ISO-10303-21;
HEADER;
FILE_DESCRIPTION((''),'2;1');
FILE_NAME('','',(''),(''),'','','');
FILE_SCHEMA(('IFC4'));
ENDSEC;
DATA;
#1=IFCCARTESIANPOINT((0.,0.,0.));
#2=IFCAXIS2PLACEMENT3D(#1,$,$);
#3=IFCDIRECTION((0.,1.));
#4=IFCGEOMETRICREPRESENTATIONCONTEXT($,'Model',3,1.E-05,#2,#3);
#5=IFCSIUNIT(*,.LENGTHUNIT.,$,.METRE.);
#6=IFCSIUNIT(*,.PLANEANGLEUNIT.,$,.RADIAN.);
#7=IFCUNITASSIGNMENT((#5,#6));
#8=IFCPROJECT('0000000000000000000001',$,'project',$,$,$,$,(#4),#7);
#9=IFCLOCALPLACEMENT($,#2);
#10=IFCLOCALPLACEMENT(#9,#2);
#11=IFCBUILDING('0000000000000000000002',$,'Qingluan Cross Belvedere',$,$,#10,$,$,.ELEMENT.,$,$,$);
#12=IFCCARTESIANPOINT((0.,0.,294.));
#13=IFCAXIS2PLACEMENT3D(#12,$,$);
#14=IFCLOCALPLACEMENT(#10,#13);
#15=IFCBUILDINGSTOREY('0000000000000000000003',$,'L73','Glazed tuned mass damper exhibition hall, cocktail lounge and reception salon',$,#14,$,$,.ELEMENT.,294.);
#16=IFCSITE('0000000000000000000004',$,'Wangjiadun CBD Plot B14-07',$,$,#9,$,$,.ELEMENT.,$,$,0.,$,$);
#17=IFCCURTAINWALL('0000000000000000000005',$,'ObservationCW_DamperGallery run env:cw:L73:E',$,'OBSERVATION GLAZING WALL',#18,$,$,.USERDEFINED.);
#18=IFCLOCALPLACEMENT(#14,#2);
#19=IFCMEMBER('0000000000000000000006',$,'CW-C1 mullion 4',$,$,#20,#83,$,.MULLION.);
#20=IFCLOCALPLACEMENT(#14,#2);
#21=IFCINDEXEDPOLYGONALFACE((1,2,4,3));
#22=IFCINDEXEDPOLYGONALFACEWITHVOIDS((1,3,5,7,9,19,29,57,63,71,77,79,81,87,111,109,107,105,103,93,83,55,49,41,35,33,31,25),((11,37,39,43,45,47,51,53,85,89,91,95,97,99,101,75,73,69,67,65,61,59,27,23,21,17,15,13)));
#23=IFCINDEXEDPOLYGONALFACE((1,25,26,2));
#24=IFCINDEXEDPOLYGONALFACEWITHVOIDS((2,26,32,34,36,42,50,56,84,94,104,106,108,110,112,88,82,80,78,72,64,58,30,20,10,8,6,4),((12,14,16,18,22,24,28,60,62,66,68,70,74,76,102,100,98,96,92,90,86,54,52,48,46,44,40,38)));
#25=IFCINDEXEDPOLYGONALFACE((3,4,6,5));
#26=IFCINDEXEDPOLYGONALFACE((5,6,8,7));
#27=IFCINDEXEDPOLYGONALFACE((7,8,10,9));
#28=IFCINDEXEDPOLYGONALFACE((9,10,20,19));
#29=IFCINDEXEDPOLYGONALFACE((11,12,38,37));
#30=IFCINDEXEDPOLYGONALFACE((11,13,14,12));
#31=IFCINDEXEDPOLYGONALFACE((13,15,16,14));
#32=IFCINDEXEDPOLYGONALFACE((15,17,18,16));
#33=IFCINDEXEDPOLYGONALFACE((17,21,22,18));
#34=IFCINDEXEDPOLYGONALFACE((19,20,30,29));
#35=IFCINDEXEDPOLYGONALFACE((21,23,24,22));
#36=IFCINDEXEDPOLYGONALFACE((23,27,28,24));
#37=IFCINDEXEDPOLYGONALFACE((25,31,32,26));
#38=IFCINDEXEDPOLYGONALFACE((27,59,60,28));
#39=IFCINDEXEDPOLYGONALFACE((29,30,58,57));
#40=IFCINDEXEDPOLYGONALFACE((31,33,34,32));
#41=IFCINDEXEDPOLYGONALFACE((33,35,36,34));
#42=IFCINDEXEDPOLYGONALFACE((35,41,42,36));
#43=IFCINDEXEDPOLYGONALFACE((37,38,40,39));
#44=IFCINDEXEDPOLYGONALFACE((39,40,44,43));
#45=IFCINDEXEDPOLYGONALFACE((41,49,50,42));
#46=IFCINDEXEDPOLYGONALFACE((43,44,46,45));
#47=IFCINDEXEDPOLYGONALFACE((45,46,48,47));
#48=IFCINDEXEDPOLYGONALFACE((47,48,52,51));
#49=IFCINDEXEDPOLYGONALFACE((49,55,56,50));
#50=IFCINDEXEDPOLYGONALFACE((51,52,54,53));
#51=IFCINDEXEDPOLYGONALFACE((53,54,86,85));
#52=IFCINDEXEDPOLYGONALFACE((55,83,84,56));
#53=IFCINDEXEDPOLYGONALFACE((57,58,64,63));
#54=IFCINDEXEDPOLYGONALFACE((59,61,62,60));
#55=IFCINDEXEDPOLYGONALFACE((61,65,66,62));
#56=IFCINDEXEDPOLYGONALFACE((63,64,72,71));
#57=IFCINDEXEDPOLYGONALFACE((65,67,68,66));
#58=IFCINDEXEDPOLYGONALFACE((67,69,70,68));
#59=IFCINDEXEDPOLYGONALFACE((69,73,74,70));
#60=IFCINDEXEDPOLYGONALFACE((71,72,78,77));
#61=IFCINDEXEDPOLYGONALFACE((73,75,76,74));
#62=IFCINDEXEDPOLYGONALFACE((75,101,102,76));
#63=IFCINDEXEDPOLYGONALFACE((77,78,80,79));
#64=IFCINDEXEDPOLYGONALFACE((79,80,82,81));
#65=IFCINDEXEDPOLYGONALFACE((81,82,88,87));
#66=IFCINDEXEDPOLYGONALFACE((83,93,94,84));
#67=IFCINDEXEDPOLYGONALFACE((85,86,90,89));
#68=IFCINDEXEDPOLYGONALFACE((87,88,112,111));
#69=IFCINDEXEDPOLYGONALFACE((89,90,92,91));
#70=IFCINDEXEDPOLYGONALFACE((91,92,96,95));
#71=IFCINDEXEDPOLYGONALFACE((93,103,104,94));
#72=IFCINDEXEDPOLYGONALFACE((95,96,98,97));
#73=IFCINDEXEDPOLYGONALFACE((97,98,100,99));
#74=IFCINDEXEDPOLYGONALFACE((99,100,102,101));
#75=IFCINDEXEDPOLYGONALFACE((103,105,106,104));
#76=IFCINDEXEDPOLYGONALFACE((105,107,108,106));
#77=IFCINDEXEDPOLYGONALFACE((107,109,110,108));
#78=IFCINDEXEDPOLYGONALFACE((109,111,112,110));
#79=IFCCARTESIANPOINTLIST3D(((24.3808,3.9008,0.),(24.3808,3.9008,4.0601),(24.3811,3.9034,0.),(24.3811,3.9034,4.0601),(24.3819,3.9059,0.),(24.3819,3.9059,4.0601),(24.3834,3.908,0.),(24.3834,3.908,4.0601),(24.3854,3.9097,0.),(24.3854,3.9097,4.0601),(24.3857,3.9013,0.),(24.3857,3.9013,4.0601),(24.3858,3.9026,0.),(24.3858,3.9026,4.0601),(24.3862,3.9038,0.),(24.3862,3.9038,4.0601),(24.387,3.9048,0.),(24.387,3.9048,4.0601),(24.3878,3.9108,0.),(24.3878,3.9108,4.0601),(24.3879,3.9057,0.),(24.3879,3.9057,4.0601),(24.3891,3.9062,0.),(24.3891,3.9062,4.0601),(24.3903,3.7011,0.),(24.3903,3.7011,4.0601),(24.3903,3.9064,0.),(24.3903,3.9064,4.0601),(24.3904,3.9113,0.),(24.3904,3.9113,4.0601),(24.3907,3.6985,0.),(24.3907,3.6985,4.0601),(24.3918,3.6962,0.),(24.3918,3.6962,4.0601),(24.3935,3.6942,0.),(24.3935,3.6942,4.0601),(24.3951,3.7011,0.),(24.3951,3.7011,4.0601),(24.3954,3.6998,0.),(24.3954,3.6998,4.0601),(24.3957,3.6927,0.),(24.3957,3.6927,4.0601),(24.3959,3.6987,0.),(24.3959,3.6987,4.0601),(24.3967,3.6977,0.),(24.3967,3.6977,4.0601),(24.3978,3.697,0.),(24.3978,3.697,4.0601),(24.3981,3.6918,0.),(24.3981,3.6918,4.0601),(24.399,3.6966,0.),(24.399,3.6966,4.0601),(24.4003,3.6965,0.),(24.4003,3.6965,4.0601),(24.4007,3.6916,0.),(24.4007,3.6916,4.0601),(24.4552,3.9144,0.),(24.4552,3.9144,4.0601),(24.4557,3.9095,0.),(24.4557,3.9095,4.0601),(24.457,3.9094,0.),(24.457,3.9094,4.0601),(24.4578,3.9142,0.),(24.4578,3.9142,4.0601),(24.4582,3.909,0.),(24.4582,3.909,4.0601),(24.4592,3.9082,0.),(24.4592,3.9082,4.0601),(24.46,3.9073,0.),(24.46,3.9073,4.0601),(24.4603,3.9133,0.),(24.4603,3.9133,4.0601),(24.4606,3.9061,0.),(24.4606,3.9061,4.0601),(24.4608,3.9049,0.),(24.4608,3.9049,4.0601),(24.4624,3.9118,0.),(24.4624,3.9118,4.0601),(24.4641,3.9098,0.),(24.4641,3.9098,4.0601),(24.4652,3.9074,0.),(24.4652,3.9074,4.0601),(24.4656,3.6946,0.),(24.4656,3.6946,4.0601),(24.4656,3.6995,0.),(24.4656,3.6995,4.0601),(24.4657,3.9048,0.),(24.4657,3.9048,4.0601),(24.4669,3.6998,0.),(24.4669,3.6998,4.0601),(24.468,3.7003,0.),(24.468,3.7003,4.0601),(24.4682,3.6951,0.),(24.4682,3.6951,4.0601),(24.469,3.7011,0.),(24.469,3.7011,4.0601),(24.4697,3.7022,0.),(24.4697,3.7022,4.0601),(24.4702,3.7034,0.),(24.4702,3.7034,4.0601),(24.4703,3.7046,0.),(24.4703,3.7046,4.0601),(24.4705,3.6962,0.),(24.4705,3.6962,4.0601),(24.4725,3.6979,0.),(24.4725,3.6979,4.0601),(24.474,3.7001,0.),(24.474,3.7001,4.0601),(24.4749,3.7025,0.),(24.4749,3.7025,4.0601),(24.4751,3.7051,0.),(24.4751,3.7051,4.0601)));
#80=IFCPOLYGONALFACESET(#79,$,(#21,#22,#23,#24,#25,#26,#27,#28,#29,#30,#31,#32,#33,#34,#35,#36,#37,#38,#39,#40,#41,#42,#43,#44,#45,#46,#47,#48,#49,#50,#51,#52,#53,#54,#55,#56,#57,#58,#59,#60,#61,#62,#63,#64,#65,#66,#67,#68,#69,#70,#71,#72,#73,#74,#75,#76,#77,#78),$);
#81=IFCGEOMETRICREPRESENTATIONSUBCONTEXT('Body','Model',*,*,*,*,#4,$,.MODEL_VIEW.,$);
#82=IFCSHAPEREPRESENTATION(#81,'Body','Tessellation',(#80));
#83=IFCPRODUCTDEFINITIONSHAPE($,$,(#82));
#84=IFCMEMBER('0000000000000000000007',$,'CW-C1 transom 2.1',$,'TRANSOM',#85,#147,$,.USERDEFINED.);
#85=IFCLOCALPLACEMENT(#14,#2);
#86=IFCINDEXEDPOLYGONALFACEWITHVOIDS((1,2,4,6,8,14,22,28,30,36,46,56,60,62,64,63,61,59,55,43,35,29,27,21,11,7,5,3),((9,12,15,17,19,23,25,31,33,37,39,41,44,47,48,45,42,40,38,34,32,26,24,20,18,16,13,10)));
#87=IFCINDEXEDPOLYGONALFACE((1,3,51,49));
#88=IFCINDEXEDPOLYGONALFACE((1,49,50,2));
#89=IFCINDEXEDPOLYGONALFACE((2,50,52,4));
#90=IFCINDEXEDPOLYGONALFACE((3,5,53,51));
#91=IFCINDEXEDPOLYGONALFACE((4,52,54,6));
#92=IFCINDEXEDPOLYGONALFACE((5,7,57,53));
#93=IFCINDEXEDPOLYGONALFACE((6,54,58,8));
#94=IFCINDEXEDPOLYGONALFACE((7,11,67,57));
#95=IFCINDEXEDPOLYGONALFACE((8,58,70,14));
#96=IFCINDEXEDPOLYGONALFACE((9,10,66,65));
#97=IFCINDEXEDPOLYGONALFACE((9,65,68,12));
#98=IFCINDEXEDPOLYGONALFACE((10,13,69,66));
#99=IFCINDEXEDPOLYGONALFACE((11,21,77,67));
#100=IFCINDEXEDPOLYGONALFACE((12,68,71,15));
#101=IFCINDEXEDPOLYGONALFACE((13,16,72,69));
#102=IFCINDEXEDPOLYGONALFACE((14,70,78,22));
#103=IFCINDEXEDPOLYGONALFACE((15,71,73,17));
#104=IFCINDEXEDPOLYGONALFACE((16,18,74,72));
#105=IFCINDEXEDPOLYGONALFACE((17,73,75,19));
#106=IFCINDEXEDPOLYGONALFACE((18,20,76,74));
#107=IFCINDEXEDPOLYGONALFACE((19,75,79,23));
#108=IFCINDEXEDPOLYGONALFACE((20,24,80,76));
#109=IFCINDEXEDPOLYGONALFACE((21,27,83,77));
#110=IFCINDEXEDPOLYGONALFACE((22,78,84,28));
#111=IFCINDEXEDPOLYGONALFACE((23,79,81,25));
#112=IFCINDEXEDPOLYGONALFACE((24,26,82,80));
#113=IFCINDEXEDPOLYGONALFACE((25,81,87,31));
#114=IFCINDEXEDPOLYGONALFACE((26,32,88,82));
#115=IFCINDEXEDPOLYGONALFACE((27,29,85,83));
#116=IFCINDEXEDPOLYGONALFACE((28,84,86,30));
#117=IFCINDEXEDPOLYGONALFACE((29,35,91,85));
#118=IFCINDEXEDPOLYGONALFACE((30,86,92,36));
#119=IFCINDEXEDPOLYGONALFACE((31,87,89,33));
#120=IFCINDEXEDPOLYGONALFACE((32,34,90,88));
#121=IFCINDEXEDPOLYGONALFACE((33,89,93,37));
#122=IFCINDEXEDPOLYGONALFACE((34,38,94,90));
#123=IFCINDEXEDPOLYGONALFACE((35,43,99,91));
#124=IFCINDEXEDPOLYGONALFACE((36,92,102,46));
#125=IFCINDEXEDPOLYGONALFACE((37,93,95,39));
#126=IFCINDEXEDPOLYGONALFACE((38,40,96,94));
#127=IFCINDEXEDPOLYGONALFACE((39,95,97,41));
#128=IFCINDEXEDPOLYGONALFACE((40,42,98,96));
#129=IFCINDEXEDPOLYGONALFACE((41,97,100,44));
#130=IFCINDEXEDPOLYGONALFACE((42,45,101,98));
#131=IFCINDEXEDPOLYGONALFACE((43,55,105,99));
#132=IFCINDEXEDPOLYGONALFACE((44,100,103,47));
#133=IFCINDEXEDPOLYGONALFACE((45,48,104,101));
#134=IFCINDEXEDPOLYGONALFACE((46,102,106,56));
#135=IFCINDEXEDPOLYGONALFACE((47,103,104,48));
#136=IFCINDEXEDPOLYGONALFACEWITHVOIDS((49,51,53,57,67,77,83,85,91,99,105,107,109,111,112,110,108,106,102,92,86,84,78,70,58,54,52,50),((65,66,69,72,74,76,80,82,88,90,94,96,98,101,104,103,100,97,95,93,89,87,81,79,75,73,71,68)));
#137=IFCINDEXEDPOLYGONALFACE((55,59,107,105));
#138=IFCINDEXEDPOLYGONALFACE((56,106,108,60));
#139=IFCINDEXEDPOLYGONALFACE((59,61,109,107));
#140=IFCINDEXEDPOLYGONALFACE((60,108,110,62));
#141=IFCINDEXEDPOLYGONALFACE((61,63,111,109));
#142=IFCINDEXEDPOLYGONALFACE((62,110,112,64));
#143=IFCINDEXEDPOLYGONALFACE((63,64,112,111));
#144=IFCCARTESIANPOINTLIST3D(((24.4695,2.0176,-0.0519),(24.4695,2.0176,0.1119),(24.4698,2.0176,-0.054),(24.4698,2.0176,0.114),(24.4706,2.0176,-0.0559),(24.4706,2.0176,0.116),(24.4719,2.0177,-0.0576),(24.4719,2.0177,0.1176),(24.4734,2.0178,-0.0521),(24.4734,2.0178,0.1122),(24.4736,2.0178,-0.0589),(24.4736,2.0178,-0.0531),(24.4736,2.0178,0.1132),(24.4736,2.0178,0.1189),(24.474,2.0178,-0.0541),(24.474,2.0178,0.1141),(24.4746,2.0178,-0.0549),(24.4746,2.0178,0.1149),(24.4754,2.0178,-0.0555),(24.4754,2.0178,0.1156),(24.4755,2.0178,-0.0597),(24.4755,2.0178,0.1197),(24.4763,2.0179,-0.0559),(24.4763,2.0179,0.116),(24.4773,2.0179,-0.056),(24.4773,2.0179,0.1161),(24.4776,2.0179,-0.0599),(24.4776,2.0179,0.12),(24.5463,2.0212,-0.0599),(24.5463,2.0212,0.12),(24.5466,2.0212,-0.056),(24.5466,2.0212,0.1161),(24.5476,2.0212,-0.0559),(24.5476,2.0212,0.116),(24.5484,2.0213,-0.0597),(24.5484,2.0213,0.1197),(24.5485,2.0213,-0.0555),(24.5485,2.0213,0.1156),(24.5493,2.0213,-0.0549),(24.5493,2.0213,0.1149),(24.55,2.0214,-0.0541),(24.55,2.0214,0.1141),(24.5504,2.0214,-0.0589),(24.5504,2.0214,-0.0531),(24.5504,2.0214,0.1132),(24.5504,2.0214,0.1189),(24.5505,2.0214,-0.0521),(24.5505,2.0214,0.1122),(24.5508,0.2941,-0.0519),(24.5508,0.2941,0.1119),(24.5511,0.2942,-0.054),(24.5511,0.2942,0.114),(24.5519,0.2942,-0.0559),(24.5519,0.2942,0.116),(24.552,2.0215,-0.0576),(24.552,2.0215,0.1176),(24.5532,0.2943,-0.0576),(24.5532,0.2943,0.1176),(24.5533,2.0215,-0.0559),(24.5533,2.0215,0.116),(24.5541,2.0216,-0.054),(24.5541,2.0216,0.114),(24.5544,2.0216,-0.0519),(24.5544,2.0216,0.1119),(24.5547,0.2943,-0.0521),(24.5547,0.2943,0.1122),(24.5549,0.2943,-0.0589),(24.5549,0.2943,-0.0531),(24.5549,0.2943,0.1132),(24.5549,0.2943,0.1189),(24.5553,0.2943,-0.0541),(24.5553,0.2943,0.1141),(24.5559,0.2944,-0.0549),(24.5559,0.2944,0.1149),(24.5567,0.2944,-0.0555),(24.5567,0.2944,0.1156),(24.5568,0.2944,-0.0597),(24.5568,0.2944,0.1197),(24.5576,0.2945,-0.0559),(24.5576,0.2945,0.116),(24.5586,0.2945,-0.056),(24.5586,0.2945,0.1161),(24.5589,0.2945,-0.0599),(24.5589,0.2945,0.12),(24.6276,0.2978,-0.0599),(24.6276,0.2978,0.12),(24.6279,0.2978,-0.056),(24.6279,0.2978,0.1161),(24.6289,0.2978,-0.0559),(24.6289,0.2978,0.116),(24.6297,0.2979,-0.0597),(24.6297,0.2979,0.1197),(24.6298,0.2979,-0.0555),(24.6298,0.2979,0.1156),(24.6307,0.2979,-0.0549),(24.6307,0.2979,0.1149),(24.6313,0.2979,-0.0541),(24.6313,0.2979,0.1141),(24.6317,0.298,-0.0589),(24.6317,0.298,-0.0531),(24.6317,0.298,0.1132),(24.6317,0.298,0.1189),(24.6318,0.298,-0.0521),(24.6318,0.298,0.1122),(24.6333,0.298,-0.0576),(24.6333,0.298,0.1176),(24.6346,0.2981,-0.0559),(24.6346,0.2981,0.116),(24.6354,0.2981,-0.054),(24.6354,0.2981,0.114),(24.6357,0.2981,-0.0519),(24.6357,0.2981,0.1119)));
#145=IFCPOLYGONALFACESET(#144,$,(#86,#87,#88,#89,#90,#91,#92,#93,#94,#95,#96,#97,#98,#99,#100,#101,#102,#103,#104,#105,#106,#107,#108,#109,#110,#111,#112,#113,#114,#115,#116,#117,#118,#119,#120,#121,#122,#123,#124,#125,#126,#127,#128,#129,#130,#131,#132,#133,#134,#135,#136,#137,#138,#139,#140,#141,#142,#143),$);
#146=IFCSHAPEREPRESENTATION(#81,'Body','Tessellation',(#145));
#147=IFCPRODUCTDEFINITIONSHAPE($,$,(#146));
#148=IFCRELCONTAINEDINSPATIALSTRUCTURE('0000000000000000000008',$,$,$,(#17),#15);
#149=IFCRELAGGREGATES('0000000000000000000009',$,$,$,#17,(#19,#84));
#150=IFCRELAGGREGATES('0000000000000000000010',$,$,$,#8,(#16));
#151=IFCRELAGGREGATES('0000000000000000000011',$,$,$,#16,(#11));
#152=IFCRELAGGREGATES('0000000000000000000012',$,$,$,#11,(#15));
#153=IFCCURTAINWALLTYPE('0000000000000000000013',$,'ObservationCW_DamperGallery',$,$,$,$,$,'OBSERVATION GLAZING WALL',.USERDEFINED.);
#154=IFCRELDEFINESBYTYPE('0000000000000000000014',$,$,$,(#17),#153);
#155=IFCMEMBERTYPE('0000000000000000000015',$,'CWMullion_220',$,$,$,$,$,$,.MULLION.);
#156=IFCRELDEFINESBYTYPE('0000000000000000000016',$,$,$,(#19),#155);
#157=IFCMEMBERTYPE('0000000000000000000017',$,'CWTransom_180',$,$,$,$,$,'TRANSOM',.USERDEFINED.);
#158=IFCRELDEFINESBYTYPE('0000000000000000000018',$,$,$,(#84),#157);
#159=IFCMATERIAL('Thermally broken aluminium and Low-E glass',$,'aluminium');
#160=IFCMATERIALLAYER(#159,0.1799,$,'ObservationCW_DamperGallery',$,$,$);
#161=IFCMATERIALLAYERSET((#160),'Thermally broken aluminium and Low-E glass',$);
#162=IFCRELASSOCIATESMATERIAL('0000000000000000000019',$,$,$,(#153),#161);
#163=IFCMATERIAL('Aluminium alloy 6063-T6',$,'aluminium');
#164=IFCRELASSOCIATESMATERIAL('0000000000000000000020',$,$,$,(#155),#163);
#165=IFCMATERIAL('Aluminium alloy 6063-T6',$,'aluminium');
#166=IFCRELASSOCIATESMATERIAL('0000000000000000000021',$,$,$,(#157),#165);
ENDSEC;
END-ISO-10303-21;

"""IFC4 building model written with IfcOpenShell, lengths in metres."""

from ifc_helpers import new_model, si_unit, direction, frame, origin, origin_2d, place, context, subcontext, project, spatial, hollow_rectangle, extrude, material, layer, layer_set, material_profile, profile_set, type_object, element, aggregate, save


model = new_model("IFC4")

# Units and contexts
model_context = context("Model", 3, precision=1e-05, world=origin(), true_north=direction((0.0, 1.0)))
body_context = subcontext(model_context, "Body", "Model", "MODEL_VIEW")
ifc_project = project(units=[si_unit("LENGTHUNIT", "METRE"), si_unit("PLANEANGLEUNIT", "RADIAN")], contexts=[model_context])

# Site, building, storey
site_placement = place(None, origin())
site = spatial("IfcSite", under=ifc_project, at=site_placement, Name="Wangjiadun CBD Plot B14-07", CompositionType="ELEMENT", RefElevation=0.0)
building_placement = place(site_placement, origin())
building = spatial("IfcBuilding", under=site, at=building_placement, Name="Qingluan Cross Belvedere", CompositionType="ELEMENT")
storey_placement = place(building_placement, frame((0.0, 0.0, 294.0)))
storey = spatial("IfcBuildingStorey", under=building, at=storey_placement, Name="L73", Description="Glazed tuned mass damper exhibition hall, cocktail lounge and reception salon", CompositionType="ELEMENT", Elevation=294.0)

# Curtain wall, members
ifc_material_1 = material(Name="Thermally broken aluminium and Low-E glass", Category="aluminium")
ifc_layer_1 = layer(ifc_material_1, 0.1799, Name="ObservationCW_DamperGallery")
ifc_layer_set_1 = layer_set([ifc_layer_1], Name="Thermally broken aluminium and Low-E glass")
curtain_wall_type = type_object("IfcCurtainWallType", Name="ObservationCW_DamperGallery", ElementType="OBSERVATION GLAZING WALL", PredefinedType="USERDEFINED", material=ifc_layer_set_1)
curtain_wall_placement = place(storey_placement, origin())
curtain_wall = element("IfcCurtainWall", 1, at=curtain_wall_placement, inside=storey, type_object=curtain_wall_type, Name="ObservationCW_DamperGallery run env:cw:L73:E", ObjectType="OBSERVATION GLAZING WALL", PredefinedType="USERDEFINED")
ifc_material_2 = material(Name="Aluminium alloy 6063-T6", Category="aluminium")
ifc_material_profile_1 = material_profile(ifc_material_2, hollow_rectangle(XDim=0.085, YDim=0.22, WallThickness=0.0049, InnerFilletRadius=0.0049, OuterFilletRadius=0.01, at=origin_2d()), Name="CWM220x85x5")
ifc_profile_set_1 = profile_set([ifc_material_profile_1], Name="Aluminium alloy 6063-T6")
member_type_1 = type_object("IfcMemberType", Name="CWMullion_220", PredefinedType="MULLION", material=ifc_profile_set_1)
member_1_placement = place(storey_placement, frame((24.428, 3.803, 0.0), z_axis=(0.0, 0.0, 1.0), x_axis=(-0.998889, -0.047124, 0.0)))
member_1 = element("IfcMember", 2, at=member_1_placement, type_object=member_type_1, Name="CW-C1 mullion 4", PredefinedType="MULLION", context=body_context, shape_type="SweptSolid", body=[
    extrude(hollow_rectangle(XDim=0.085, YDim=0.22, WallThickness=0.0049, InnerFilletRadius=0.0049, OuterFilletRadius=0.01, at=origin_2d()), origin(), (0.0, 0.0, 1.0), 4.0601),
])
ifc_material_3 = material(Name="Aluminium alloy 6063-T6", Category="aluminium")
ifc_material_profile_2 = material_profile(ifc_material_3, hollow_rectangle(XDim=0.085, YDim=0.1799, WallThickness=0.0039, InnerFilletRadius=0.0039, OuterFilletRadius=0.0081, at=origin_2d()), Name="CWT180x85x4")
ifc_profile_set_2 = profile_set([ifc_material_profile_2], Name="Aluminium alloy 6063-T6")
member_type_2 = type_object("IfcMemberType", Name="CWTransom_180", ElementType="TRANSOM", PredefinedType="USERDEFINED", material=ifc_profile_set_2)
member_2_placement = place(storey_placement, frame((24.5933, 0.2961, 0.03), z_axis=(-0.047121, 0.998889, 0.0), x_axis=(-0.998889, -0.047121, 0.0)))
member_2 = element("IfcMember", 3, at=member_2_placement, type_object=member_type_2, Name="CW-C1 transom 2.1", ObjectType="TRANSOM", PredefinedType="USERDEFINED", context=body_context, shape_type="SweptSolid", body=[
    extrude(hollow_rectangle(XDim=0.085, YDim=0.1799, WallThickness=0.0039, InnerFilletRadius=0.0039, OuterFilletRadius=0.0081, at=origin_2d()), origin(), (0.0, 0.0, 1.0), 1.7253),
])
aggregate(curtain_wall, [member_1, member_2])

save(model, "model.ifc")
